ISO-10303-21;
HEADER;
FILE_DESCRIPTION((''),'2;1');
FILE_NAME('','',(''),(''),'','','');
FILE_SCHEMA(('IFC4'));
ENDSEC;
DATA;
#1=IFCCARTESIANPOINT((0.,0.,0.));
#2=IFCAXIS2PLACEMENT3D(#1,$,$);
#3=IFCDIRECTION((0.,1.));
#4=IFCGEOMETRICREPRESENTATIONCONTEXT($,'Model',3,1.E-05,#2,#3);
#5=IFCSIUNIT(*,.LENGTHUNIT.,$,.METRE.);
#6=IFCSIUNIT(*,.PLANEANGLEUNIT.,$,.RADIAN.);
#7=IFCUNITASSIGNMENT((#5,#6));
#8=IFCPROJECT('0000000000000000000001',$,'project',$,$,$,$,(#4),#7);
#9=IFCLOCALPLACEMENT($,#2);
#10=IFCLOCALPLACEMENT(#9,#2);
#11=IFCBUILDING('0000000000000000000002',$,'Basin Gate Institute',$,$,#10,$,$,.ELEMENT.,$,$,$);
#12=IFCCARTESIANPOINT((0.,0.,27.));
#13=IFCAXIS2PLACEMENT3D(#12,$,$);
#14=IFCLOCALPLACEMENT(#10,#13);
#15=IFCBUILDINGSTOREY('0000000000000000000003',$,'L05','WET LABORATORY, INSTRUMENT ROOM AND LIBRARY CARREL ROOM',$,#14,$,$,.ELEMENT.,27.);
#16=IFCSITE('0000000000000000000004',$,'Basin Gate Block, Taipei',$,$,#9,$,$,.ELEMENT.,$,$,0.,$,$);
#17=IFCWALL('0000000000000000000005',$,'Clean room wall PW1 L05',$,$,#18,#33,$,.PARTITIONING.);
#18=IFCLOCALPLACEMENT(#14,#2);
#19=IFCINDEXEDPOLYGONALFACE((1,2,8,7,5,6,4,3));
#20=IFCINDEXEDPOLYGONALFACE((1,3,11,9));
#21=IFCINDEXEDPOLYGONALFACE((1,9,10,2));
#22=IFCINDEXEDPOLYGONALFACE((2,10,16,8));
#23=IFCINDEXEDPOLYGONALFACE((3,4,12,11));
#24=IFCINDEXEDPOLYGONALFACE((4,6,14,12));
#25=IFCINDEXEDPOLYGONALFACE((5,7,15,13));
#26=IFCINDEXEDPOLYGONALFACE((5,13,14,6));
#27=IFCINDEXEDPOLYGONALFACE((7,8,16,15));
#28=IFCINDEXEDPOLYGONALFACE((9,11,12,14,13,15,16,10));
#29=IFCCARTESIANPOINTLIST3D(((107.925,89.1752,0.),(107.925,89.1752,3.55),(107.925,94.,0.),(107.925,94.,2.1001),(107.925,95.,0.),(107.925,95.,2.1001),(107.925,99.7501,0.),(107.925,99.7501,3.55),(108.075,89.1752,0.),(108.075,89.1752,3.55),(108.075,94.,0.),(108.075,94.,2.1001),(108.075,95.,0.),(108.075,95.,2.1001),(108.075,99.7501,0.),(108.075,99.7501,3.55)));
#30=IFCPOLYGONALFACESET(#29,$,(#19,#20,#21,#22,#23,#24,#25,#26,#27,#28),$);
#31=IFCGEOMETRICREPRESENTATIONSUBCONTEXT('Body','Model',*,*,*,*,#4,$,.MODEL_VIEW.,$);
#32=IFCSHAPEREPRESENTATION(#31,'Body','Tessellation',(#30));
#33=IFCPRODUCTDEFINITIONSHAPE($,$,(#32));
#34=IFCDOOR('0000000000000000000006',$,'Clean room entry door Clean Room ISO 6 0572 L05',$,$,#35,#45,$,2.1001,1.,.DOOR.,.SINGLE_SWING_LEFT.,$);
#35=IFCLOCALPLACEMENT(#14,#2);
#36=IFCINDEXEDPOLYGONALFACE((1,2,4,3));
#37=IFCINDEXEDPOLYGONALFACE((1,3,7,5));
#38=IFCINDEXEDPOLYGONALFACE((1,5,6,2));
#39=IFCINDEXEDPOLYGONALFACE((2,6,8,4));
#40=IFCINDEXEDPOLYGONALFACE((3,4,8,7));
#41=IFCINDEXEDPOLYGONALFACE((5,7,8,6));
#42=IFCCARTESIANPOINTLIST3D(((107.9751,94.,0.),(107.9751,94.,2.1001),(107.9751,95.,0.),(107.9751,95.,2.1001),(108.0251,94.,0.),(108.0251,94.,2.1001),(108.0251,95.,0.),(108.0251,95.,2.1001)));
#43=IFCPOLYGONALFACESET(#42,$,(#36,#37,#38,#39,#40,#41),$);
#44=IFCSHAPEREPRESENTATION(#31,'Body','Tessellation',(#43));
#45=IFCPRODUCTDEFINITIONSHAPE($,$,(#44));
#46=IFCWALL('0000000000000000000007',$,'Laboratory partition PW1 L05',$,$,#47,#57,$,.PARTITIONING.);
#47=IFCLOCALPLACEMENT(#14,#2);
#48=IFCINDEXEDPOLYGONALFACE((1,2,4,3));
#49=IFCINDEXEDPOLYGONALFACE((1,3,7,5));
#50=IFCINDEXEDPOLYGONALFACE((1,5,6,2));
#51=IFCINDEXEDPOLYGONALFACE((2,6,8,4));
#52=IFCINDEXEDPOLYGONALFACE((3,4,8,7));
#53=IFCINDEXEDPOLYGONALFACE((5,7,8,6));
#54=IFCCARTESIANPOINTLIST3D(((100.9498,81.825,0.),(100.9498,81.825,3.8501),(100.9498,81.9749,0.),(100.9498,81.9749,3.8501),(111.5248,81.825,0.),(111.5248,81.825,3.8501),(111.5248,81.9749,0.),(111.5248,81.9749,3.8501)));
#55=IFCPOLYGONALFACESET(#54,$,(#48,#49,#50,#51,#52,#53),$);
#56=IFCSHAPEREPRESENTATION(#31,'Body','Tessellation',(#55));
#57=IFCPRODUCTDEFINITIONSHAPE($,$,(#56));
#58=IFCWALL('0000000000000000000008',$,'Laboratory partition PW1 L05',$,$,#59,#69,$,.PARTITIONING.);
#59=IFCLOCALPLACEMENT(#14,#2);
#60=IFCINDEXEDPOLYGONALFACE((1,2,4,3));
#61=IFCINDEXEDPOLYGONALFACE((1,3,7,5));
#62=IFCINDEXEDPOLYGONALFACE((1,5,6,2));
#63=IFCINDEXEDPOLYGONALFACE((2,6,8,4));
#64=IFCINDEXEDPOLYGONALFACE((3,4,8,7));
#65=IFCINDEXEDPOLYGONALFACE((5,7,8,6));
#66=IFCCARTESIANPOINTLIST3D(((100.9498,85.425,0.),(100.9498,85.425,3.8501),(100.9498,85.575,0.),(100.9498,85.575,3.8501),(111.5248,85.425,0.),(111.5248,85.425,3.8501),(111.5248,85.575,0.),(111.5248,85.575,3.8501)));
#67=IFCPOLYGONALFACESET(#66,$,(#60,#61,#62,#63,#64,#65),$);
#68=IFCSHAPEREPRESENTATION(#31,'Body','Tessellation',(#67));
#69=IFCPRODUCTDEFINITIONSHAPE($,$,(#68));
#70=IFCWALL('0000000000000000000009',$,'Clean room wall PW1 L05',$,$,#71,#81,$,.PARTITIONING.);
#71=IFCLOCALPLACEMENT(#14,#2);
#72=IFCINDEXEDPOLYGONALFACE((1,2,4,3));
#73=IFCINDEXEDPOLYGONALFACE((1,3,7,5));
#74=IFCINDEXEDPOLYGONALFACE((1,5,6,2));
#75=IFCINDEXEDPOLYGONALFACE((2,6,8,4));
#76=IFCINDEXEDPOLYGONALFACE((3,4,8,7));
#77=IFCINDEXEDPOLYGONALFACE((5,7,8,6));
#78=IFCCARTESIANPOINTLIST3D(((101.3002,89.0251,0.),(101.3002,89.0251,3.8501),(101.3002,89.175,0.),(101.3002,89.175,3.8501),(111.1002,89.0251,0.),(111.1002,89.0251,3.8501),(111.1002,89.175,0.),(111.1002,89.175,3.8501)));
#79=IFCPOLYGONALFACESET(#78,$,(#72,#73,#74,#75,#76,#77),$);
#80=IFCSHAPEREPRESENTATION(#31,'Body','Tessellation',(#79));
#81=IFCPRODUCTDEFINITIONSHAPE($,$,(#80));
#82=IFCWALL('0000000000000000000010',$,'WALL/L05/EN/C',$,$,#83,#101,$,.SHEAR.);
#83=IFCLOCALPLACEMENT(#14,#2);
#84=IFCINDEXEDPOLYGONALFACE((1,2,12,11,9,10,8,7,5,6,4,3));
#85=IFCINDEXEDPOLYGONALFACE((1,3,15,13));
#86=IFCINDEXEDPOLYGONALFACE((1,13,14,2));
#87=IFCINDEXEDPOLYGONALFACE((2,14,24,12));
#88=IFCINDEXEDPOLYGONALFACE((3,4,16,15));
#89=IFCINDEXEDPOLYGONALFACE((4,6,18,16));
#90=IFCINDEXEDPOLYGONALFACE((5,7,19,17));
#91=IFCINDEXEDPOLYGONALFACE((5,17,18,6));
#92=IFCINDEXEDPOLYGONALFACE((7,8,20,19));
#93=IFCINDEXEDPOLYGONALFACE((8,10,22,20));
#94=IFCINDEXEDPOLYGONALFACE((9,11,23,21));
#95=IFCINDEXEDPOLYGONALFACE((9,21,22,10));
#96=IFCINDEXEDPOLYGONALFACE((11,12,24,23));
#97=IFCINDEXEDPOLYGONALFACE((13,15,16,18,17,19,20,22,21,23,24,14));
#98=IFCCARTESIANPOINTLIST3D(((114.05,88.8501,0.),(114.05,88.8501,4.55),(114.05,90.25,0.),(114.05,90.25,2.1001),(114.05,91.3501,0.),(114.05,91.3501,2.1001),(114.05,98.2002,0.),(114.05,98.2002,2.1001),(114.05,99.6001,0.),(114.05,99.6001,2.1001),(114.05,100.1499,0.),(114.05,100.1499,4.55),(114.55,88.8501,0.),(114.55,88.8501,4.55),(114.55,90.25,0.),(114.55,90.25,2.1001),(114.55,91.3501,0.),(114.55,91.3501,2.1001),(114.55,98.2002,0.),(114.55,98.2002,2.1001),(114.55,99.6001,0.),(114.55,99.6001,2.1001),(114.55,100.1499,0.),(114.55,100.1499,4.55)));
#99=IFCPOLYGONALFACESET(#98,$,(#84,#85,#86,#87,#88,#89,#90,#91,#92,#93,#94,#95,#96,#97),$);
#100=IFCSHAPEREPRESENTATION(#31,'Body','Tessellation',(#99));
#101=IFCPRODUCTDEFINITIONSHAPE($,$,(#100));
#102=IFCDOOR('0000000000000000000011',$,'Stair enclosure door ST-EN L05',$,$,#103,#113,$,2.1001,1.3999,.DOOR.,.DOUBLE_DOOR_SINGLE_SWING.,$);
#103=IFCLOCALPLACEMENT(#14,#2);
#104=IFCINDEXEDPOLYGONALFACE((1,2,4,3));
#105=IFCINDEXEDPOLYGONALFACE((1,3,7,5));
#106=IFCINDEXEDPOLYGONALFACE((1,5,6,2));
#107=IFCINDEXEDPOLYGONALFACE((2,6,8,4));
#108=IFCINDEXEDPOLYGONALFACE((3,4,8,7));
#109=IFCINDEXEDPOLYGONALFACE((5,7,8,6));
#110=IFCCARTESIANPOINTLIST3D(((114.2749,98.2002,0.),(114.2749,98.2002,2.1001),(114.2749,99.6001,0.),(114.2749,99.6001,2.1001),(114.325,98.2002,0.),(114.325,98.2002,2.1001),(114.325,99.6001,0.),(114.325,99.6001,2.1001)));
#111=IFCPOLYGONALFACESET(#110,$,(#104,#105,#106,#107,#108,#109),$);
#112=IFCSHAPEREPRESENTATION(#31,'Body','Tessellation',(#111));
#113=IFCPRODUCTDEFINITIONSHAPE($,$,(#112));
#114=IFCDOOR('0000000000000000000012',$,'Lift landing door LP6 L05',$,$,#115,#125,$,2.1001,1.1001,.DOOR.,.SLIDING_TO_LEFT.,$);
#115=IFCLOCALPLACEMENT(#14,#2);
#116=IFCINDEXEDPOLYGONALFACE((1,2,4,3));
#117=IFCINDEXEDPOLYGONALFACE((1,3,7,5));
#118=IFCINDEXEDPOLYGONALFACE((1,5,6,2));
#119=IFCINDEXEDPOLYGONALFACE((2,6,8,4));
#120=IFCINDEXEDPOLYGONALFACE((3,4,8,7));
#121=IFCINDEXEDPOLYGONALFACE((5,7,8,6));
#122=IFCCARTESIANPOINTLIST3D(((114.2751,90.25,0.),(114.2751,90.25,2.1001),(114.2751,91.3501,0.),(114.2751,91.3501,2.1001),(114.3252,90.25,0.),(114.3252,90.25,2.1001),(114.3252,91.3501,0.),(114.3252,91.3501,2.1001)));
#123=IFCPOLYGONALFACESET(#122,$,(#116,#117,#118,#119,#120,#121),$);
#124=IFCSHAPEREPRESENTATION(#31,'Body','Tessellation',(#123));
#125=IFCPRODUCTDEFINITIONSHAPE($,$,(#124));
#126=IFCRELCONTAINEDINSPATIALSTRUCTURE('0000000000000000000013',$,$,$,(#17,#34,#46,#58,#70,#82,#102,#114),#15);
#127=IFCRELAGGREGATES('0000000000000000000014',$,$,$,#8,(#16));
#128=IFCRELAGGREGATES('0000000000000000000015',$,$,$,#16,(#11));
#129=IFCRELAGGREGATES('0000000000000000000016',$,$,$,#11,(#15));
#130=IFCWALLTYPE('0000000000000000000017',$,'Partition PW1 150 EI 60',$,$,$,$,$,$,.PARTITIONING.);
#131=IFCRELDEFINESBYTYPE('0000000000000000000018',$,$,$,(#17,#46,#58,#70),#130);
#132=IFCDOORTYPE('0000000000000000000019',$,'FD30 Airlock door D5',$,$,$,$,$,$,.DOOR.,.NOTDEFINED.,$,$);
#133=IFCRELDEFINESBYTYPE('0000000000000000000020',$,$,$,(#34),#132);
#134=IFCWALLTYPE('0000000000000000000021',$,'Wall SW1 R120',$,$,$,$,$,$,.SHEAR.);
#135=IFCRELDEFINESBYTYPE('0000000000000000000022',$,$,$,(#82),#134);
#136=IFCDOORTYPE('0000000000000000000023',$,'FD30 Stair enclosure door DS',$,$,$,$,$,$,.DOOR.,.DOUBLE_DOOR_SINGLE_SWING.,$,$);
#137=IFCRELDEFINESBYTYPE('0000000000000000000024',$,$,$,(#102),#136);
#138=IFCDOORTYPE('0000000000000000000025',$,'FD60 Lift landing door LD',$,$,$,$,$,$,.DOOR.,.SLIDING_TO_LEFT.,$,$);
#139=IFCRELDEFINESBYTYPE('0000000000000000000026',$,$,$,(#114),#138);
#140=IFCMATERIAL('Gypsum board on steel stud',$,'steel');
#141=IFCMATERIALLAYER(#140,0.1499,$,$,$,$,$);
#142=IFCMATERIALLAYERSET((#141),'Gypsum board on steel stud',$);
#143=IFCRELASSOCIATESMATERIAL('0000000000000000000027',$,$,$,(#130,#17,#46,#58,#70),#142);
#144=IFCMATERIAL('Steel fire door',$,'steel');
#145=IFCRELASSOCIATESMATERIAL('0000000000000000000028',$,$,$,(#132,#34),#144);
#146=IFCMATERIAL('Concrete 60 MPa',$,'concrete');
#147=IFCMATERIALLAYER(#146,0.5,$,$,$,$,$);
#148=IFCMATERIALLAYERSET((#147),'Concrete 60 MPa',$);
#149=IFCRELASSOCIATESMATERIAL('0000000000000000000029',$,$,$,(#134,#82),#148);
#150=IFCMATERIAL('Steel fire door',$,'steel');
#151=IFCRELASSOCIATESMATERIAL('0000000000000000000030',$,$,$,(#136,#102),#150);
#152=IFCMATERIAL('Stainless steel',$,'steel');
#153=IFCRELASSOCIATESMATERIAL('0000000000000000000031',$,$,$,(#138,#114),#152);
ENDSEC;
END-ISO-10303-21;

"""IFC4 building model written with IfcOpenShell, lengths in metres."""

from ifc_helpers import new_model, si_unit, direction, frame, frame_2d, origin, place, context, subcontext, project, spatial, rectangle, extrude, material, layer, layer_set, type_object, element, fill, save


model = new_model("IFC4")

# Units and contexts
model_context = context("Model", 3, precision=1e-05, world=origin(), true_north=direction((0.0, 1.0)))
body_context = subcontext(model_context, "Body", "Model", "MODEL_VIEW")
ifc_project = project(units=[si_unit("LENGTHUNIT", "METRE"), si_unit("PLANEANGLEUNIT", "RADIAN")], contexts=[model_context])

# Site, building, storey
site_placement = place(None, origin())
site = spatial("IfcSite", under=ifc_project, at=site_placement, Name="Basin Gate Block, Taipei", CompositionType="ELEMENT", RefElevation=0.0)
building_placement = place(site_placement, origin())
building = spatial("IfcBuilding", under=site, at=building_placement, Name="Basin Gate Institute", CompositionType="ELEMENT")
storey_placement = place(building_placement, frame((0.0, 0.0, 27.0)))
storey = spatial("IfcBuildingStorey", under=building, at=storey_placement, Name="L05", Description="WET LABORATORY, INSTRUMENT ROOM AND LIBRARY CARREL ROOM", CompositionType="ELEMENT", Elevation=27.0)

# Shared definitions
ifc_material_1 = material(Name="Gypsum board on steel stud", Category="steel")
ifc_layer_1 = layer(ifc_material_1, 0.1499)
ifc_layer_set_1 = layer_set([ifc_layer_1], Name="Gypsum board on steel stud")
wall_type_1 = type_object("IfcWallType", Name="Partition PW1 150 EI 60", PredefinedType="PARTITIONING", material=ifc_layer_set_1)

# Wall, opening, door
wall_1_placement = place(storey_placement, frame((108.0, 89.175, 0.0), z_axis=(0.0, 0.0, 1.0), x_axis=(0.0, 1.0, 0.0)))
wall_1 = element("IfcWall", 1, at=wall_1_placement, inside=storey, type_object=wall_type_1, material=ifc_layer_set_1, Name="Clean room wall PW1 L05", PredefinedType="PARTITIONING", context=body_context, shape_type="SweptSolid", body=[
    extrude(rectangle(XDim=10.575, YDim=0.1499, at=frame_2d((5.2876, 0.0))), origin(), (0.0, 0.0, 1.0), 3.55),
])
opening_1_placement = place(wall_1_placement, frame((4.825, 0.0, 0.0)))
opening_1 = element("IfcOpeningElement", 2, at=opening_1_placement, cuts=wall_1, PredefinedType="OPENING", context=body_context, shape_type="SweptSolid", body=[
    extrude(rectangle(XDim=1.0, YDim=2.1001, at=frame_2d((0.5, 1.05))), frame((0.0, 0.085, 0.0), z_axis=(0.0, -1.0, 0.0), x_axis=(1.0, 0.0, 0.0)), (0.0, 0.0, 1.0), 0.1699),
])
ifc_material_2 = material(Name="Steel fire door", Category="steel")
door_type_1 = type_object("IfcDoorType", Name="FD30 Airlock door D5", OperationType="NOTDEFINED", PredefinedType="DOOR", material=ifc_material_2)
door_1_placement = place(opening_1_placement, origin())
door_1 = element("IfcDoor", 3, at=door_1_placement, inside=storey, type_object=door_type_1, material=ifc_material_2, Name="Clean room entry door Clean Room ISO 6 0572 L05", OperationType="SINGLE_SWING_LEFT", OverallHeight=2.1001, OverallWidth=1.0, PredefinedType="DOOR", context=body_context, shape_type="SweptSolid", body=[
    extrude(rectangle(XDim=1.0, YDim=2.1001, at=frame_2d((0.5, 1.05))), frame((0.0, 0.0249, 0.0), z_axis=(0.0, -1.0, 0.0), x_axis=(1.0, 0.0, 0.0)), (0.0, 0.0, 1.0), 0.05),
])
fill(opening_1, door_1)

# Walls
for number, where, z_axis, x_axis, name in (
    (4, (111.5249, 81.8999, 0.0), (0.0, 0.0, 1.0), (-1.0, 0.0, 0.0), "Laboratory partition PW1 L05"),
    (5, (111.5249, 85.5, 0.0), (0.0, 0.0, 1.0), (-1.0, 0.0, 0.0), "Laboratory partition PW1 L05"),
):
    element("IfcWall", number, at=place(storey_placement, frame(where, z_axis=z_axis, x_axis=x_axis)), inside=storey, type_object=wall_type_1, material=ifc_layer_set_1, Name=name, PredefinedType="PARTITIONING", context=body_context, shape_type="SweptSolid", body=[
        extrude(rectangle(XDim=10.575, YDim=0.1499, at=frame_2d((5.2876, 0.0))), origin(), (0.0, 0.0, 1.0), 3.8501),
    ])
wall_2_placement = place(storey_placement, frame((111.1001, 89.1001, 0.0), z_axis=(0.0, 0.0, 1.0), x_axis=(-1.0, 0.0, 0.0)))
element("IfcWall", 6, at=wall_2_placement, inside=storey, type_object=wall_type_1, material=ifc_layer_set_1, Name="Clean room wall PW1 L05", PredefinedType="PARTITIONING", context=body_context, shape_type="SweptSolid", body=[
    extrude(rectangle(XDim=9.8, YDim=0.1499, at=frame_2d((4.8999, 0.0))), origin(), (0.0, 0.0, 1.0), 3.8501),
])

# Wall, openings, doors
ifc_material_3 = material(Name="Concrete 60 MPa", Category="concrete")
ifc_layer_2 = layer(ifc_material_3, 0.5)
ifc_layer_set_2 = layer_set([ifc_layer_2], Name="Concrete 60 MPa")
wall_type_2 = type_object("IfcWallType", Name="Wall SW1 R120", PredefinedType="SHEAR", material=ifc_layer_set_2)
wall_3_placement = place(storey_placement, frame((114.3, 88.8501, 0.0), z_axis=(0.0, 0.0, 1.0), x_axis=(0.0, 1.0, 0.0)))
wall_3 = element("IfcWall", 7, at=wall_3_placement, inside=storey, type_object=wall_type_2, material=ifc_layer_set_2, Name="WALL/L05/EN/C", PredefinedType="SHEAR", context=body_context, shape_type="SweptSolid", body=[
    extrude(rectangle(XDim=11.2998, YDim=0.5, at=frame_2d((5.6499, 0.0))), origin(), (0.0, 0.0, 1.0), 4.55),
])
opening_2_placement = place(wall_3_placement, frame((9.3501, 0.0, 0.0)))
opening_2 = element("IfcOpeningElement", 8, at=opening_2_placement, cuts=wall_3, PredefinedType="OPENING", context=body_context, shape_type="SweptSolid", body=[
    extrude(rectangle(XDim=1.3999, YDim=2.1001, at=frame_2d((0.7, 1.05))), frame((0.0, 0.26, 0.0), z_axis=(0.0, -1.0, 0.0), x_axis=(1.0, 0.0, 0.0)), (0.0, 0.0, 1.0), 0.52),
])
opening_3_placement = place(wall_3_placement, frame((1.3999, 0.0, 0.0)))
opening_3 = element("IfcOpeningElement", 9, at=opening_3_placement, cuts=wall_3, PredefinedType="OPENING", context=body_context, shape_type="SweptSolid", body=[
    extrude(rectangle(XDim=1.1001, YDim=2.1001, at=frame_2d((0.55, 1.05))), frame((0.0, 0.26, 0.0), z_axis=(0.0, -1.0, 0.0), x_axis=(1.0, 0.0, 0.0)), (0.0, 0.0, 1.0), 0.52),
])
ifc_material_4 = material(Name="Steel fire door", Category="steel")
door_type_2 = type_object("IfcDoorType", Name="FD30 Stair enclosure door DS", OperationType="DOUBLE_DOOR_SINGLE_SWING", PredefinedType="DOOR", material=ifc_material_4)
door_2_placement = place(opening_2_placement, frame((1.3999, 0.0, 0.0), z_axis=(0.0, 0.0, 1.0), x_axis=(-1.0, 0.0, 0.0)))
door_2 = element("IfcDoor", 10, at=door_2_placement, inside=storey, type_object=door_type_2, material=ifc_material_4, Name="Stair enclosure door ST-EN L05", OperationType="DOUBLE_DOOR_SINGLE_SWING", OverallHeight=2.1001, OverallWidth=1.3999, PredefinedType="DOOR", context=body_context, shape_type="SweptSolid", body=[
    extrude(rectangle(XDim=1.3999, YDim=2.1001, at=frame_2d((0.7, 1.05))), frame((0.0, 0.0249, 0.0), z_axis=(0.0, -1.0, 0.0), x_axis=(1.0, 0.0, 0.0)), (0.0, 0.0, 1.0), 0.05),
])
fill(opening_2, door_2)
ifc_material_5 = material(Name="Stainless steel", Category="steel")
door_type_3 = type_object("IfcDoorType", Name="FD60 Lift landing door LD", OperationType="SLIDING_TO_LEFT", PredefinedType="DOOR", material=ifc_material_5)
door_3_placement = place(opening_3_placement, origin())
door_3 = element("IfcDoor", 11, at=door_3_placement, inside=storey, type_object=door_type_3, material=ifc_material_5, Name="Lift landing door LP6 L05", OperationType="SLIDING_TO_LEFT", OverallHeight=2.1001, OverallWidth=1.1001, PredefinedType="DOOR", context=body_context, shape_type="SweptSolid", body=[
    extrude(rectangle(XDim=1.1001, YDim=2.1001, at=frame_2d((0.55, 1.05))), frame((0.0, 0.0249, 0.0), z_axis=(0.0, -1.0, 0.0), x_axis=(1.0, 0.0, 0.0)), (0.0, 0.0, 1.0), 0.05),
])
fill(opening_3, door_3)

save(model, "model.ifc")
